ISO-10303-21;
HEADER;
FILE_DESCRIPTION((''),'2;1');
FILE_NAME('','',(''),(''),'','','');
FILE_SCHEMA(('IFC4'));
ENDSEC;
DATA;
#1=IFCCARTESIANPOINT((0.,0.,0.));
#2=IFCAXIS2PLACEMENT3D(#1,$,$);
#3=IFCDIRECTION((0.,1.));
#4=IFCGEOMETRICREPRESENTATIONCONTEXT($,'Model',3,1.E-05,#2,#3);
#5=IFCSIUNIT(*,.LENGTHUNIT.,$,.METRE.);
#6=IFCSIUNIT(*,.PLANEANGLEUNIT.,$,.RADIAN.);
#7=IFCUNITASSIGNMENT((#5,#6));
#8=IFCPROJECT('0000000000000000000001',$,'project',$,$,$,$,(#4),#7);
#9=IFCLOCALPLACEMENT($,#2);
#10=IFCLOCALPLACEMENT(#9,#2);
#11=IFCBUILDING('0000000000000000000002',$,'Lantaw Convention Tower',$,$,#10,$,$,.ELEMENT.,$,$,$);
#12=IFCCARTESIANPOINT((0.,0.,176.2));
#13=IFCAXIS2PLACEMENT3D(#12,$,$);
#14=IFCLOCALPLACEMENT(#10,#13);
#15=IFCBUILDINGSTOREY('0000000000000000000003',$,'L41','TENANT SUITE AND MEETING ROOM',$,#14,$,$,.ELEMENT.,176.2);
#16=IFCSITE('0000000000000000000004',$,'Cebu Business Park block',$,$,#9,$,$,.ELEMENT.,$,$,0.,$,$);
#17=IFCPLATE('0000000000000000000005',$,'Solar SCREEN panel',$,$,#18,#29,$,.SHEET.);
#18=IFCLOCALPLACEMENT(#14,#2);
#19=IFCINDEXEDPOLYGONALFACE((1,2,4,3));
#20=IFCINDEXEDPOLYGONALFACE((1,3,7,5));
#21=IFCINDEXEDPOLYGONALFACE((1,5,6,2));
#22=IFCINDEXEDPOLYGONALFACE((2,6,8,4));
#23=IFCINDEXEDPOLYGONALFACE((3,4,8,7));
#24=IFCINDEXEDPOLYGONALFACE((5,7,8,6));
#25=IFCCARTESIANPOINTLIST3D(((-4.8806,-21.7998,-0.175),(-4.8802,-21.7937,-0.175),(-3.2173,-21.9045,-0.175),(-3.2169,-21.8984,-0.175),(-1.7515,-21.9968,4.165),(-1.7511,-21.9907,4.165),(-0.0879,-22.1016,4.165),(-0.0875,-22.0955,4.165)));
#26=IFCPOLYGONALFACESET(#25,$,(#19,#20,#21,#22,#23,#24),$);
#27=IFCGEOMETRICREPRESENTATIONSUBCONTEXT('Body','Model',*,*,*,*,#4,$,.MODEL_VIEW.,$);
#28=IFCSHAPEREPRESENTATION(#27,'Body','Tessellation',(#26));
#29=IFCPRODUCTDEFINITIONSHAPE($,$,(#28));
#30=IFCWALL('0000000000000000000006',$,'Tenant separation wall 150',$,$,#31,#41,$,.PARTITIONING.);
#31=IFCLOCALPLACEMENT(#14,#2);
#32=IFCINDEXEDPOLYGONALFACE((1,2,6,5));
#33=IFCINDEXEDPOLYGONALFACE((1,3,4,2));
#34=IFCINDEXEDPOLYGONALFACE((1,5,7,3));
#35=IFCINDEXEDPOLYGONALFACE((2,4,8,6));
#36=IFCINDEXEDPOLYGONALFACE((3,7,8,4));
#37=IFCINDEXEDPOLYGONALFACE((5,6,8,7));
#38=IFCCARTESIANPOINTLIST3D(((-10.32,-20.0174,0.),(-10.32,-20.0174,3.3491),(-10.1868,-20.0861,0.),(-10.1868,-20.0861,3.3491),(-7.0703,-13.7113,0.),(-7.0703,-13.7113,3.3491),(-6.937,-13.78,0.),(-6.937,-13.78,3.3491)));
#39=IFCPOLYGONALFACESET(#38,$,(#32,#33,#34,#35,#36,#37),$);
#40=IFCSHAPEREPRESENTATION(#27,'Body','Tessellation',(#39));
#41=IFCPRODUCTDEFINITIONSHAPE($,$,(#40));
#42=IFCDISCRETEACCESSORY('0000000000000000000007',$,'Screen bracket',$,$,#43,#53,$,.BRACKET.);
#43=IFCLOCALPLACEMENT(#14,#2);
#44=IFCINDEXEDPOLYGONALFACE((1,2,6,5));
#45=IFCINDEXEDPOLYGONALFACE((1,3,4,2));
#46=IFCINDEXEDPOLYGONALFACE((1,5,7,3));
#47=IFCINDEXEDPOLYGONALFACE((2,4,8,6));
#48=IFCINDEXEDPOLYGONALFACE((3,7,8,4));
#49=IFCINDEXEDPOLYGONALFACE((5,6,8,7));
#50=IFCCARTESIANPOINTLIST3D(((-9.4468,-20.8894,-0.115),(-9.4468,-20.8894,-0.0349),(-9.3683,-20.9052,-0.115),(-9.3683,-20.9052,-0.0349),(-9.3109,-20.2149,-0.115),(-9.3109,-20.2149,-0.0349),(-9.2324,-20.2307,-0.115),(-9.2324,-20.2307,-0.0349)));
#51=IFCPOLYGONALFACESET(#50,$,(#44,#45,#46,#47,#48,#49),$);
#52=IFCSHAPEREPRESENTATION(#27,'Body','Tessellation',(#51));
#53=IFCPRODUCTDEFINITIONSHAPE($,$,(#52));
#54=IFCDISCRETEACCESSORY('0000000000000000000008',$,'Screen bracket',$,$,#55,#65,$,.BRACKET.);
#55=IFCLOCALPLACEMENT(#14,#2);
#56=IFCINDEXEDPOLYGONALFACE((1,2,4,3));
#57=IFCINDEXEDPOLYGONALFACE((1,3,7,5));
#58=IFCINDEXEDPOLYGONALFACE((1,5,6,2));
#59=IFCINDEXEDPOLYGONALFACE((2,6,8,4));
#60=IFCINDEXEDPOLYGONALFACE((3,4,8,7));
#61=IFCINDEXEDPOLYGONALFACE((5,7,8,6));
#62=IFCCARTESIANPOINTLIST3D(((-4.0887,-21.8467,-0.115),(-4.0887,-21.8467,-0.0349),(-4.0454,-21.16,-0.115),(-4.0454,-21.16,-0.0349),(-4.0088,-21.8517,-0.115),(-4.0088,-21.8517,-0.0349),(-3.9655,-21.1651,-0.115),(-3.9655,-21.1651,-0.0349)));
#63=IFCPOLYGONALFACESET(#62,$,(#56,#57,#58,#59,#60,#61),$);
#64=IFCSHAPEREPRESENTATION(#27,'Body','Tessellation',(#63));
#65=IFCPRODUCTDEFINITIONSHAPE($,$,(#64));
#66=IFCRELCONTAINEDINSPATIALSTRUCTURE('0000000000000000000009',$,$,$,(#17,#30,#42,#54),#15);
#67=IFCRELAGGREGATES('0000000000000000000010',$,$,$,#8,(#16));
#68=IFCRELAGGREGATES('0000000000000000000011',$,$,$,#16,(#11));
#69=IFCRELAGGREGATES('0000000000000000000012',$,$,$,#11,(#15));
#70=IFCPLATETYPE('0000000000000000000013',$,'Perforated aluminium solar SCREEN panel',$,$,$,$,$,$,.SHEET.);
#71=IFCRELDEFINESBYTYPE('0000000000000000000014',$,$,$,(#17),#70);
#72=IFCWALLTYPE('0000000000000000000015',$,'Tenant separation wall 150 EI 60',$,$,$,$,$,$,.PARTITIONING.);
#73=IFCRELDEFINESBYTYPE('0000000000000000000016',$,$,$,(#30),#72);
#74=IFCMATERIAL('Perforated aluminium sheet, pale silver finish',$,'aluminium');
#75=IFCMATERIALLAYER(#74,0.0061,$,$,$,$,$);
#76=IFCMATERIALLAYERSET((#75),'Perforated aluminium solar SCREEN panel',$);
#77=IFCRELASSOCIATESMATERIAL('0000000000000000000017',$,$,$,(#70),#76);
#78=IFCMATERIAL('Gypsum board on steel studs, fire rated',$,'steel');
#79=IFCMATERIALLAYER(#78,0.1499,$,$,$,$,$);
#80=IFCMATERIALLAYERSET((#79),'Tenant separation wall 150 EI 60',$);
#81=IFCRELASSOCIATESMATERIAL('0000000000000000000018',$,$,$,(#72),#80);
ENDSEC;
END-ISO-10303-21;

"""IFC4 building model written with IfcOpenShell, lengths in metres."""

from ifc_helpers import new_model, si_unit, direction, frame, frame_2d, origin, origin_2d, place, context, subcontext, project, spatial, polyline, rectangle, outline, extrude, material, layer, layer_set, type_object, element, save


model = new_model("IFC4")

# Units and contexts
model_context = context("Model", 3, precision=1e-05, world=origin(), true_north=direction((0.0, 1.0)))
body_context = subcontext(model_context, "Body", "Model", "MODEL_VIEW")
ifc_project = project(units=[si_unit("LENGTHUNIT", "METRE"), si_unit("PLANEANGLEUNIT", "RADIAN")], contexts=[model_context])

# Site, building, storey
site_placement = place(None, origin())
site = spatial("IfcSite", under=ifc_project, at=site_placement, Name="Cebu Business Park block", CompositionType="ELEMENT", RefElevation=0.0)
building_placement = place(site_placement, origin())
building = spatial("IfcBuilding", under=site, at=building_placement, Name="Lantaw Convention Tower", CompositionType="ELEMENT")
storey_placement = place(building_placement, frame((0.0, 0.0, 176.2)))
storey = spatial("IfcBuildingStorey", under=building, at=storey_placement, Name="L41", Description="TENANT SUITE AND MEETING ROOM", CompositionType="ELEMENT", Elevation=176.2)

# Plate
ifc_material_1 = material(Name="Perforated aluminium sheet, pale silver finish", Category="aluminium")
ifc_layer_1 = layer(ifc_material_1, 0.0061)
ifc_layer_set_1 = layer_set([ifc_layer_1], Name="Perforated aluminium solar SCREEN panel")
plate_type_1 = type_object("IfcPlateType", Name="Perforated aluminium solar SCREEN panel", PredefinedType="SHEET", material=ifc_layer_set_1)
plate_1_placement = place(storey_placement, frame((-4.8806, -21.7998, -0.175), z_axis=(-0.062839, -0.998024, 0.000002), x_axis=(0.998024, -0.062839, 0.0)))
element("IfcPlate", 1, at=plate_1_placement, inside=storey, type_object=plate_type_1, Name="Solar SCREEN panel", PredefinedType="SHEET", context=body_context, shape_type="SweptSolid", body=[
    extrude(outline(polyline([(0.0, 0.0), (1.6666, 0.0), (4.8022, 4.3401), (3.1353, 4.3401), (0.0, 0.0)])), origin(), (0.0, 0.0, -1.0), 0.0061),
])

# Wall
ifc_material_2 = material(Name="Gypsum board on steel studs, fire rated", Category="steel")
ifc_layer_2 = layer(ifc_material_2, 0.1499)
ifc_layer_set_2 = layer_set([ifc_layer_2], Name="Tenant separation wall 150 EI 60")
wall_type = type_object("IfcWallType", Name="Tenant separation wall 150 EI 60", PredefinedType="PARTITIONING", material=ifc_layer_set_2)
wall_placement = place(storey_placement, frame((-10.2534, -20.0518, 0.0), z_axis=(0.0, 0.0, 1.0), x_axis=(0.458083, 0.88891, 0.0)))
element("IfcWall", 2, at=wall_placement, inside=storey, type_object=wall_type, Name="Tenant separation wall 150", PredefinedType="PARTITIONING", context=body_context, shape_type="SweptSolid", body=[
    extrude(rectangle(XDim=7.0942, YDim=0.1499, at=frame_2d((3.5471, 0.0))), origin(), (0.0, 0.0, 1.0), 3.3491),
])

# Discrete accessories
for number, where, z_axis, x_axis, name in (
    (3, (-9.3396, -20.5601, -0.115), (0.0, 0.0, 1.0), (0.980302, -0.197507, 0.0), "Screen bracket"),
    (4, (-4.0271, -21.5059, -0.115), (0.0, 0.0, 1.0), (0.998022, -0.062865, 0.0), "Screen bracket"),
):
    element("IfcDiscreteAccessory", number, at=place(storey_placement, frame(where, z_axis=z_axis, x_axis=x_axis)), inside=storey, Name=name, PredefinedType="BRACKET", context=body_context, shape_type="SweptSolid", body=[
        extrude(rectangle(XDim=0.0801, YDim=0.688, at=origin_2d()), origin(), (0.0, 0.0, 1.0), 0.0801),
    ])

save(model, "model.ifc")
